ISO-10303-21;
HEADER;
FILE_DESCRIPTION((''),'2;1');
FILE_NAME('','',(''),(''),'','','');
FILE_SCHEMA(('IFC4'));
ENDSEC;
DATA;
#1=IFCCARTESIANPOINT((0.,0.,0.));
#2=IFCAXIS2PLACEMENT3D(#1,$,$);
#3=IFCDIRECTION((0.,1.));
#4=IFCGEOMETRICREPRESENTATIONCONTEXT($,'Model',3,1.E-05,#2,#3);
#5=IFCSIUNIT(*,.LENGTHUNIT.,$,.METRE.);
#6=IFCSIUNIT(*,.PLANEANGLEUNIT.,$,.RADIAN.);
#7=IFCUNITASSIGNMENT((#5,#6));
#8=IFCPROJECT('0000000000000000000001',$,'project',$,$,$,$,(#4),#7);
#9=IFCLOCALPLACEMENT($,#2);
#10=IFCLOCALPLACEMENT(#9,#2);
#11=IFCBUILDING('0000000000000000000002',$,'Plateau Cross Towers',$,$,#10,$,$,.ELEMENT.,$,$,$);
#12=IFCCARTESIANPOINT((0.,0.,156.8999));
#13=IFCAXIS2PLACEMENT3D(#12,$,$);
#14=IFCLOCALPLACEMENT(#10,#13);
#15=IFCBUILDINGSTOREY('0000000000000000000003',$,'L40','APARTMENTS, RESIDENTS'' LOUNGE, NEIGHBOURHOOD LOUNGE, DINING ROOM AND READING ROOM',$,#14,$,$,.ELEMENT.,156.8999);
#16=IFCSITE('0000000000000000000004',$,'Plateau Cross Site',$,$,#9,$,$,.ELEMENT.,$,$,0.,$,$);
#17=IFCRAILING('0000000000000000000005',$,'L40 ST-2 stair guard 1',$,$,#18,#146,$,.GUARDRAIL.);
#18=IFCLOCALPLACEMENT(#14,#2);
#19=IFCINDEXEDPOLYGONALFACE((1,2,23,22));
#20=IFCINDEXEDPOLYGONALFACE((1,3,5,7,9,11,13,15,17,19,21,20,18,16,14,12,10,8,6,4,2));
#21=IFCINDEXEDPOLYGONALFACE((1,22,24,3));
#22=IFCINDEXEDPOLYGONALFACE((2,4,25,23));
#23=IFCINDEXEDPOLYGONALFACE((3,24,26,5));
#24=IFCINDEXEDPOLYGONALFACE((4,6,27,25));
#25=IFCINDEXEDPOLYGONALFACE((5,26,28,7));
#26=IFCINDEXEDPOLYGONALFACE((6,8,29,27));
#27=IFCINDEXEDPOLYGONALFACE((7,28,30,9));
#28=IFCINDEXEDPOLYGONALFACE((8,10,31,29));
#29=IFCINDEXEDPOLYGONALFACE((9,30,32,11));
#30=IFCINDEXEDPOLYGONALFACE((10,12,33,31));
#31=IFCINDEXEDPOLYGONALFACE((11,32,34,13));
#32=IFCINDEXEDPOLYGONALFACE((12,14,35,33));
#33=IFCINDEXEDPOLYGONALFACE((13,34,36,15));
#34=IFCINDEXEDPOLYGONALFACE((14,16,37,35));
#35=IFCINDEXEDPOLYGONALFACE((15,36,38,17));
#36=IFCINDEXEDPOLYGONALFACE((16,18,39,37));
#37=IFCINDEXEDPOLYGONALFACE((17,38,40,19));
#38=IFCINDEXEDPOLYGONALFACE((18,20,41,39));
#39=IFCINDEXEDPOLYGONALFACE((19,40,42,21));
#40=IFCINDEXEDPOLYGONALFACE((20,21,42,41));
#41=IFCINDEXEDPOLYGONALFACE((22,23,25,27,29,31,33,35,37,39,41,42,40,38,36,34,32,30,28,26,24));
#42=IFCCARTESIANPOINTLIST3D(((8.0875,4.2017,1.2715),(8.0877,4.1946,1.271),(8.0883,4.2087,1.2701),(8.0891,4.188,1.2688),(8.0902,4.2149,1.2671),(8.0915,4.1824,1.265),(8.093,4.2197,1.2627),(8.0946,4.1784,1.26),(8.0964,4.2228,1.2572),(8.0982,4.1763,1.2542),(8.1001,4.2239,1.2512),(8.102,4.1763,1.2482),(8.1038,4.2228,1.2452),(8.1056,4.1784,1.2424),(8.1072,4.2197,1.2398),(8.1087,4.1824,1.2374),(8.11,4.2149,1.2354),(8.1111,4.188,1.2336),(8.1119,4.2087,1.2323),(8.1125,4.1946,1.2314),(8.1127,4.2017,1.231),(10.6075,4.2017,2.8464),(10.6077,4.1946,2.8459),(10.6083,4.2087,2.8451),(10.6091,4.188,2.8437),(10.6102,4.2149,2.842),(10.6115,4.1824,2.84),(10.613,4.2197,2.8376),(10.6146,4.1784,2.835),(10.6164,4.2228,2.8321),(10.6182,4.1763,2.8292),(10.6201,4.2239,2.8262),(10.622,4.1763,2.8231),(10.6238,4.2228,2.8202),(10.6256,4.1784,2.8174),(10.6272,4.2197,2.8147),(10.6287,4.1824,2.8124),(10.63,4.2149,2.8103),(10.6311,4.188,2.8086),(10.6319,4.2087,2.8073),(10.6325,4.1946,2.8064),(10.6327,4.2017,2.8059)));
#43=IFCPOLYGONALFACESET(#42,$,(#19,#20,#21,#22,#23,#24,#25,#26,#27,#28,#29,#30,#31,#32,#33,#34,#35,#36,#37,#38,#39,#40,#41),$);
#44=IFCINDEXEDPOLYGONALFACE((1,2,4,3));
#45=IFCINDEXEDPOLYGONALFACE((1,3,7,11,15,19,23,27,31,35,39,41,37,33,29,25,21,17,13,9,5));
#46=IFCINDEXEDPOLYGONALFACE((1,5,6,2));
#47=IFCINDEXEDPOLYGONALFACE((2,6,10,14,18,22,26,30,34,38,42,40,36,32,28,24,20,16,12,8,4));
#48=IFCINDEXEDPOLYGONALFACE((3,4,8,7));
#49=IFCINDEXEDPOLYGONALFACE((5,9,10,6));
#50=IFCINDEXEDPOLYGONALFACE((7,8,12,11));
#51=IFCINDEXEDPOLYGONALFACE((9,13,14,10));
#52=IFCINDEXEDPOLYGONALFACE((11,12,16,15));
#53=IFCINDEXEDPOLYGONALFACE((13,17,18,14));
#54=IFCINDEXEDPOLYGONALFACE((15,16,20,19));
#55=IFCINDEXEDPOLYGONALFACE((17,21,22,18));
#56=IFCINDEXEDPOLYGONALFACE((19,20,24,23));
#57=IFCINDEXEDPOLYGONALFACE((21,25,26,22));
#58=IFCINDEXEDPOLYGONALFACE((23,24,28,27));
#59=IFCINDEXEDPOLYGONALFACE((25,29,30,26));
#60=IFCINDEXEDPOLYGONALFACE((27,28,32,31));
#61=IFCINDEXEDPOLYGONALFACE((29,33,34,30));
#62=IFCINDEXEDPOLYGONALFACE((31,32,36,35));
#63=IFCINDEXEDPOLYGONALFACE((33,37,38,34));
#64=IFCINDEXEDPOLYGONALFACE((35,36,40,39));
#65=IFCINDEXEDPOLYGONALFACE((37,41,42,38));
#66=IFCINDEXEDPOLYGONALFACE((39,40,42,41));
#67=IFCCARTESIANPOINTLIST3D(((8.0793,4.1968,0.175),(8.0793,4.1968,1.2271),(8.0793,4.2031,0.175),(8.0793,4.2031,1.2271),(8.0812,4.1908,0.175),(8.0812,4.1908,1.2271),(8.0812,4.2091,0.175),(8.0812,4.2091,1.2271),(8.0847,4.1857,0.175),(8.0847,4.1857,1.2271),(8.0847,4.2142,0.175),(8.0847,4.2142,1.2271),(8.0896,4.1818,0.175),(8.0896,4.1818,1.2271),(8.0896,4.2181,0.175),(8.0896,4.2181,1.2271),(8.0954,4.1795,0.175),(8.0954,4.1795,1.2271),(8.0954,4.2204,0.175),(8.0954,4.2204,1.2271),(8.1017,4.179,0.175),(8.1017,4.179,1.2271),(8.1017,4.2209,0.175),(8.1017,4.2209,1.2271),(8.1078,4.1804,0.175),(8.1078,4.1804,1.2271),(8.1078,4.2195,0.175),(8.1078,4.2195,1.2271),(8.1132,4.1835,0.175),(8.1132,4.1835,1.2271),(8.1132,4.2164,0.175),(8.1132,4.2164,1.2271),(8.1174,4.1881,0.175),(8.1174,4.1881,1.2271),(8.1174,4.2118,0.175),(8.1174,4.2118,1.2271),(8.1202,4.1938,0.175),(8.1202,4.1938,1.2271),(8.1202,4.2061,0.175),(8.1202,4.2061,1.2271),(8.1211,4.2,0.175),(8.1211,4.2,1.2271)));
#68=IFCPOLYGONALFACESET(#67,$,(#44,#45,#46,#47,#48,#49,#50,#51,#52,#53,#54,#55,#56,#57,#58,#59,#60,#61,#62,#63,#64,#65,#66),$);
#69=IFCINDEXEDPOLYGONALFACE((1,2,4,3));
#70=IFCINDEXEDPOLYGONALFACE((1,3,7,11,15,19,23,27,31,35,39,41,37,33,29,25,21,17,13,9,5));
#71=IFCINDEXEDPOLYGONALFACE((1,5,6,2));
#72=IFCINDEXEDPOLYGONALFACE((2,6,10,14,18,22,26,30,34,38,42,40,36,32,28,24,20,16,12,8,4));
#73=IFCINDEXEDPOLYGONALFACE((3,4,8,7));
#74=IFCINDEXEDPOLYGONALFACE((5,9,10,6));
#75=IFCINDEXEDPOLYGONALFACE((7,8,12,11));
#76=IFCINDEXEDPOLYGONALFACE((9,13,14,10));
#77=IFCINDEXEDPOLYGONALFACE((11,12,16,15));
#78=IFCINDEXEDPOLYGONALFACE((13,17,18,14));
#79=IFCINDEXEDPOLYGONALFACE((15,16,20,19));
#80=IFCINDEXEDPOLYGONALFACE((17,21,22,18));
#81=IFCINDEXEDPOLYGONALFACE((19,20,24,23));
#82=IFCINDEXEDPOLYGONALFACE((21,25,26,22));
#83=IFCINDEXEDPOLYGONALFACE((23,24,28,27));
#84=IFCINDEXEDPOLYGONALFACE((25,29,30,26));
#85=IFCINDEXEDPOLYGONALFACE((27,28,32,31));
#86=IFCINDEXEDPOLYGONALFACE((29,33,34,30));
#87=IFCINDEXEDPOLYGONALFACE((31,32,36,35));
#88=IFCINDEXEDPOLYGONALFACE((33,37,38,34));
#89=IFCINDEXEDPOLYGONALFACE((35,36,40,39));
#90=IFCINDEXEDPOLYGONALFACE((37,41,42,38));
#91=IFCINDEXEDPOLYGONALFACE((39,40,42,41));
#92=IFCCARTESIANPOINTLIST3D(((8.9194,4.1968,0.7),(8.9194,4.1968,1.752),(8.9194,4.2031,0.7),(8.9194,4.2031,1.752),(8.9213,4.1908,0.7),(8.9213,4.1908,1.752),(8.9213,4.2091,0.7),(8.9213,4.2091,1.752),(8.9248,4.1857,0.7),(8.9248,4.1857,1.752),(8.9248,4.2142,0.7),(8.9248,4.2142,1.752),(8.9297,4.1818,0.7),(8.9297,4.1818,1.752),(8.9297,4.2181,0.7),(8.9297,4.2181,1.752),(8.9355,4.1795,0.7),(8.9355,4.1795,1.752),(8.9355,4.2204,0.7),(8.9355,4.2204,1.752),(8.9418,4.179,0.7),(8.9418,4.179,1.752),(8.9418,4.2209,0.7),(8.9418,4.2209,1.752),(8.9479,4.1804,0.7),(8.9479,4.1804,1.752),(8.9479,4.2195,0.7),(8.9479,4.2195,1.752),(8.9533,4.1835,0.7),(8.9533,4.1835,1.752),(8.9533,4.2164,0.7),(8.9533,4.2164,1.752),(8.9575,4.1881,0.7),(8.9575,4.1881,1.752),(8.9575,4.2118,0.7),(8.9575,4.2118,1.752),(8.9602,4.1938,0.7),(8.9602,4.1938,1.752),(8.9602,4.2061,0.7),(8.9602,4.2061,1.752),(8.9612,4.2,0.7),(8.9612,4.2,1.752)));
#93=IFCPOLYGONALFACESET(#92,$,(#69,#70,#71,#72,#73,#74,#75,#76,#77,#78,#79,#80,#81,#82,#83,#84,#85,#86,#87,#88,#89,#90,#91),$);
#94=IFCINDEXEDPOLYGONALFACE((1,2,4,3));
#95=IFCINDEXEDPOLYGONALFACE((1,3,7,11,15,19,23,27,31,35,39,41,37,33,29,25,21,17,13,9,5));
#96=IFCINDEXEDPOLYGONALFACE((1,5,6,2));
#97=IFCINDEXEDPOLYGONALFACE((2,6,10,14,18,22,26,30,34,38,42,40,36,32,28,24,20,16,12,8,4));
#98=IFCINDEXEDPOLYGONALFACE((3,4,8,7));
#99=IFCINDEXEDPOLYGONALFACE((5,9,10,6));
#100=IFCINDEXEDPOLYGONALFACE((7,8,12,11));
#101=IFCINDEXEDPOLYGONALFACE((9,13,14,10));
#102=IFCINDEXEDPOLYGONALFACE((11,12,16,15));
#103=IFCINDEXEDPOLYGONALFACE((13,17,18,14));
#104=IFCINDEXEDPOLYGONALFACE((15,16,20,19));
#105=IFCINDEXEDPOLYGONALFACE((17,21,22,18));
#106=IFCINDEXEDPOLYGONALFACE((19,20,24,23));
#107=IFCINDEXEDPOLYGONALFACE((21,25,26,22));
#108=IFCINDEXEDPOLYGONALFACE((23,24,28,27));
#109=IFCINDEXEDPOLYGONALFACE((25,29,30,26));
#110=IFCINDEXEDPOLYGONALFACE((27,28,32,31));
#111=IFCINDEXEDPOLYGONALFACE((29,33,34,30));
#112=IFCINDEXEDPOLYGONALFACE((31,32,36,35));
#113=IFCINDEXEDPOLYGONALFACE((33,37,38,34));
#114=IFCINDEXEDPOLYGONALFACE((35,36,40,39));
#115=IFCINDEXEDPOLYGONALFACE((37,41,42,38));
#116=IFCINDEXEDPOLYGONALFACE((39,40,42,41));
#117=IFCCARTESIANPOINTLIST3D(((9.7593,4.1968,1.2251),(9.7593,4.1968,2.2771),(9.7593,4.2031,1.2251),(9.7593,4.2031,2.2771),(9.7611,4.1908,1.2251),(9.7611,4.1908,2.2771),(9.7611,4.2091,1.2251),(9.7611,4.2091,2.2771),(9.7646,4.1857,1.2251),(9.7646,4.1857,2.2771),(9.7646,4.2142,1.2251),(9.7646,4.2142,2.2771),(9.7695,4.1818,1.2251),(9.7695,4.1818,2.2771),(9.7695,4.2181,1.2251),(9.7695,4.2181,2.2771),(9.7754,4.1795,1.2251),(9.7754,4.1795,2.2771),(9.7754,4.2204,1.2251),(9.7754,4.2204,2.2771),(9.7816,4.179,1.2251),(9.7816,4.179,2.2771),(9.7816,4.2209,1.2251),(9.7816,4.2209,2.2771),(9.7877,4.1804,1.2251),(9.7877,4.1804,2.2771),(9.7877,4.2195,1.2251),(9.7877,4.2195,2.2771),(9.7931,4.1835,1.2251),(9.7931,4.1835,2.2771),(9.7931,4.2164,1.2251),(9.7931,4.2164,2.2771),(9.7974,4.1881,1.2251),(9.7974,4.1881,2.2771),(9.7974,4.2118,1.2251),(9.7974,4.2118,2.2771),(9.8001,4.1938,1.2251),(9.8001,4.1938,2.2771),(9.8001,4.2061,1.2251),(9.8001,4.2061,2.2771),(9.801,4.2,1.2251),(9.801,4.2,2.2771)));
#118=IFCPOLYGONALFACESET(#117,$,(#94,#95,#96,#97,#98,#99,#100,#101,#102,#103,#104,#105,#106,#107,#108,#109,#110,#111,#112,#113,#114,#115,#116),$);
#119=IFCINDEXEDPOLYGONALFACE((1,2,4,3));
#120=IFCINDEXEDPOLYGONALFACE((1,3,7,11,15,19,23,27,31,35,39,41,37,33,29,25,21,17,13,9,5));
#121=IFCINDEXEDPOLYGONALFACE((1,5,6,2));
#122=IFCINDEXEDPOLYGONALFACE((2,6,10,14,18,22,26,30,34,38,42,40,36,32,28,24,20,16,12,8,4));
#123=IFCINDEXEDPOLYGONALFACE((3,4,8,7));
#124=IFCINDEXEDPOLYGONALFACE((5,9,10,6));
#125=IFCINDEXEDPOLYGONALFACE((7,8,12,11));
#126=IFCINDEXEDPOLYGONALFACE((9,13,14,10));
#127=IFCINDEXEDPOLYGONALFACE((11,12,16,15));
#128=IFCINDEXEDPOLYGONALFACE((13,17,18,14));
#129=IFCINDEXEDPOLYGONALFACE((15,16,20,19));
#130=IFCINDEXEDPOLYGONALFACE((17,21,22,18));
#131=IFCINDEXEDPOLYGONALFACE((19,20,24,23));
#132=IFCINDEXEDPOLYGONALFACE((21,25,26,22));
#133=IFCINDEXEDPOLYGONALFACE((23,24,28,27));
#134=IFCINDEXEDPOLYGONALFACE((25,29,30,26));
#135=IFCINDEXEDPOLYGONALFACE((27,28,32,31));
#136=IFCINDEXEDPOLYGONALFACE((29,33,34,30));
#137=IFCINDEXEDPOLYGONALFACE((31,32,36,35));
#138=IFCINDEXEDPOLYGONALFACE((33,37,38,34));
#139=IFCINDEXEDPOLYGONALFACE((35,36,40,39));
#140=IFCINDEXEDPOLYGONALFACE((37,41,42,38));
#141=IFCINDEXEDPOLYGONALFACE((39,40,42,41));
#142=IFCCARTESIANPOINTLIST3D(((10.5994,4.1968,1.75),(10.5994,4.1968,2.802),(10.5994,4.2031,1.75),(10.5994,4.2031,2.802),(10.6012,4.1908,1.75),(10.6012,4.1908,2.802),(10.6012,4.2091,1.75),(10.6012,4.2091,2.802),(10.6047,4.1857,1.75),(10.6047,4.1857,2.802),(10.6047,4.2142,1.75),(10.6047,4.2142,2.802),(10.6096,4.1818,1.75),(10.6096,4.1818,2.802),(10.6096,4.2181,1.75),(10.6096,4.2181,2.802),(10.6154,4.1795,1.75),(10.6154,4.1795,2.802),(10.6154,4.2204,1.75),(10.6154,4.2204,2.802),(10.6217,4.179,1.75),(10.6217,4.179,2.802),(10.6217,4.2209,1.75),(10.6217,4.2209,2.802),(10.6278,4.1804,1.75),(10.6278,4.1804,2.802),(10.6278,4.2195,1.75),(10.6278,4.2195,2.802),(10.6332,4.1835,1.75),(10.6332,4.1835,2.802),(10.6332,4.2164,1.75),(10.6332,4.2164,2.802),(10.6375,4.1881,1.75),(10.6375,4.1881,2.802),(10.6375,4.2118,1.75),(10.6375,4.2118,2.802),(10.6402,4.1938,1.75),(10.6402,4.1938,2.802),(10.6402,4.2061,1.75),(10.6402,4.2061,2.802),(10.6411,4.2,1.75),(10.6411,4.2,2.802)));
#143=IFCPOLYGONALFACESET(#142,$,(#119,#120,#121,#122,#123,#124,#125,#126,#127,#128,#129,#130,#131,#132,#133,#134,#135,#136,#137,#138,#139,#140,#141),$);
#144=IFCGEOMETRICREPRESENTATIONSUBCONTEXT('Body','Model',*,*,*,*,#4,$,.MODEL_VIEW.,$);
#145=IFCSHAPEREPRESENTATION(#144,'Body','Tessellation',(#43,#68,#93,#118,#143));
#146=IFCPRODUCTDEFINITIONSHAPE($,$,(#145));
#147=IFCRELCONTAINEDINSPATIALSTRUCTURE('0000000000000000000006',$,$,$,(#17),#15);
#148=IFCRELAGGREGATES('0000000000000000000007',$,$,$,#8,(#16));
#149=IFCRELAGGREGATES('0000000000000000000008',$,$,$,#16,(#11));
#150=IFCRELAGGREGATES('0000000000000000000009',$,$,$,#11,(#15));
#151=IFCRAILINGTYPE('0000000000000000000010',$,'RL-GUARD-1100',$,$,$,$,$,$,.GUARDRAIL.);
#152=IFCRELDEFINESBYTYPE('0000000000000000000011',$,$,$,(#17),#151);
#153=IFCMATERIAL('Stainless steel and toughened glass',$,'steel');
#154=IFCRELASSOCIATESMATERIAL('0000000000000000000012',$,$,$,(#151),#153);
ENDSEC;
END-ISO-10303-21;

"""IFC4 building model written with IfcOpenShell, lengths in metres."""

from ifc_helpers import new_model, si_unit, direction, frame, origin, origin_2d, place, context, subcontext, project, spatial, circle, extrude, material, type_object, element, save


model = new_model("IFC4")

# Units and contexts
model_context = context("Model", 3, precision=1e-05, world=origin(), true_north=direction((0.0, 1.0)))
body_context = subcontext(model_context, "Body", "Model", "MODEL_VIEW")
ifc_project = project(units=[si_unit("LENGTHUNIT", "METRE"), si_unit("PLANEANGLEUNIT", "RADIAN")], contexts=[model_context])

# Site, building, storey
site_placement = place(None, origin())
site = spatial("IfcSite", under=ifc_project, at=site_placement, Name="Plateau Cross Site", CompositionType="ELEMENT", RefElevation=0.0)
building_placement = place(site_placement, origin())
building = spatial("IfcBuilding", under=site, at=building_placement, Name="Plateau Cross Towers", CompositionType="ELEMENT")
storey_placement = place(building_placement, frame((0.0, 0.0, 156.8999)))
storey = spatial("IfcBuildingStorey", under=building, at=storey_placement, Name="L40", Description="APARTMENTS, RESIDENTS' LOUNGE, NEIGHBOURHOOD LOUNGE, DINING ROOM AND READING ROOM", CompositionType="ELEMENT", Elevation=156.8999)

# Railing
ifc_material_1 = material(Name="Stainless steel and toughened glass", Category="steel")
railing_type_1 = type_object("IfcRailingType", Name="RL-GUARD-1100", PredefinedType="GUARDRAIL", material=ifc_material_1)
railing_1_placement = place(storey_placement, frame((8.1001, 4.2, 0.175)))
element("IfcRailing", 1, at=railing_1_placement, inside=storey, type_object=railing_type_1, Name="L40 ST-2 stair guard 1", PredefinedType="GUARDRAIL", context=body_context, shape_type="SweptSolid", body=[
    extrude(circle(Radius=0.0239, at=origin_2d()), frame((0.0, 0.0, 1.0762), z_axis=(0.848008, 0.0, 0.529984), x_axis=(0.0, 1.0, 0.0)), (0.0, 0.0, 1.0), 2.9717),
    extrude(circle(Radius=0.021, at=origin_2d()), origin(), (0.0, 0.0, 1.0), 1.052),
    extrude(circle(Radius=0.021, at=origin_2d()), frame((0.8401, 0.0, 0.5249)), (0.0, 0.0, 1.0), 1.052),
    extrude(circle(Radius=0.021, at=origin_2d()), frame((1.6799, 0.0, 1.05)), (0.0, 0.0, 1.0), 1.052),
    extrude(circle(Radius=0.021, at=origin_2d()), frame((2.52, 0.0, 1.575)), (0.0, 0.0, 1.0), 1.052),
])

save(model, "model.ifc")
